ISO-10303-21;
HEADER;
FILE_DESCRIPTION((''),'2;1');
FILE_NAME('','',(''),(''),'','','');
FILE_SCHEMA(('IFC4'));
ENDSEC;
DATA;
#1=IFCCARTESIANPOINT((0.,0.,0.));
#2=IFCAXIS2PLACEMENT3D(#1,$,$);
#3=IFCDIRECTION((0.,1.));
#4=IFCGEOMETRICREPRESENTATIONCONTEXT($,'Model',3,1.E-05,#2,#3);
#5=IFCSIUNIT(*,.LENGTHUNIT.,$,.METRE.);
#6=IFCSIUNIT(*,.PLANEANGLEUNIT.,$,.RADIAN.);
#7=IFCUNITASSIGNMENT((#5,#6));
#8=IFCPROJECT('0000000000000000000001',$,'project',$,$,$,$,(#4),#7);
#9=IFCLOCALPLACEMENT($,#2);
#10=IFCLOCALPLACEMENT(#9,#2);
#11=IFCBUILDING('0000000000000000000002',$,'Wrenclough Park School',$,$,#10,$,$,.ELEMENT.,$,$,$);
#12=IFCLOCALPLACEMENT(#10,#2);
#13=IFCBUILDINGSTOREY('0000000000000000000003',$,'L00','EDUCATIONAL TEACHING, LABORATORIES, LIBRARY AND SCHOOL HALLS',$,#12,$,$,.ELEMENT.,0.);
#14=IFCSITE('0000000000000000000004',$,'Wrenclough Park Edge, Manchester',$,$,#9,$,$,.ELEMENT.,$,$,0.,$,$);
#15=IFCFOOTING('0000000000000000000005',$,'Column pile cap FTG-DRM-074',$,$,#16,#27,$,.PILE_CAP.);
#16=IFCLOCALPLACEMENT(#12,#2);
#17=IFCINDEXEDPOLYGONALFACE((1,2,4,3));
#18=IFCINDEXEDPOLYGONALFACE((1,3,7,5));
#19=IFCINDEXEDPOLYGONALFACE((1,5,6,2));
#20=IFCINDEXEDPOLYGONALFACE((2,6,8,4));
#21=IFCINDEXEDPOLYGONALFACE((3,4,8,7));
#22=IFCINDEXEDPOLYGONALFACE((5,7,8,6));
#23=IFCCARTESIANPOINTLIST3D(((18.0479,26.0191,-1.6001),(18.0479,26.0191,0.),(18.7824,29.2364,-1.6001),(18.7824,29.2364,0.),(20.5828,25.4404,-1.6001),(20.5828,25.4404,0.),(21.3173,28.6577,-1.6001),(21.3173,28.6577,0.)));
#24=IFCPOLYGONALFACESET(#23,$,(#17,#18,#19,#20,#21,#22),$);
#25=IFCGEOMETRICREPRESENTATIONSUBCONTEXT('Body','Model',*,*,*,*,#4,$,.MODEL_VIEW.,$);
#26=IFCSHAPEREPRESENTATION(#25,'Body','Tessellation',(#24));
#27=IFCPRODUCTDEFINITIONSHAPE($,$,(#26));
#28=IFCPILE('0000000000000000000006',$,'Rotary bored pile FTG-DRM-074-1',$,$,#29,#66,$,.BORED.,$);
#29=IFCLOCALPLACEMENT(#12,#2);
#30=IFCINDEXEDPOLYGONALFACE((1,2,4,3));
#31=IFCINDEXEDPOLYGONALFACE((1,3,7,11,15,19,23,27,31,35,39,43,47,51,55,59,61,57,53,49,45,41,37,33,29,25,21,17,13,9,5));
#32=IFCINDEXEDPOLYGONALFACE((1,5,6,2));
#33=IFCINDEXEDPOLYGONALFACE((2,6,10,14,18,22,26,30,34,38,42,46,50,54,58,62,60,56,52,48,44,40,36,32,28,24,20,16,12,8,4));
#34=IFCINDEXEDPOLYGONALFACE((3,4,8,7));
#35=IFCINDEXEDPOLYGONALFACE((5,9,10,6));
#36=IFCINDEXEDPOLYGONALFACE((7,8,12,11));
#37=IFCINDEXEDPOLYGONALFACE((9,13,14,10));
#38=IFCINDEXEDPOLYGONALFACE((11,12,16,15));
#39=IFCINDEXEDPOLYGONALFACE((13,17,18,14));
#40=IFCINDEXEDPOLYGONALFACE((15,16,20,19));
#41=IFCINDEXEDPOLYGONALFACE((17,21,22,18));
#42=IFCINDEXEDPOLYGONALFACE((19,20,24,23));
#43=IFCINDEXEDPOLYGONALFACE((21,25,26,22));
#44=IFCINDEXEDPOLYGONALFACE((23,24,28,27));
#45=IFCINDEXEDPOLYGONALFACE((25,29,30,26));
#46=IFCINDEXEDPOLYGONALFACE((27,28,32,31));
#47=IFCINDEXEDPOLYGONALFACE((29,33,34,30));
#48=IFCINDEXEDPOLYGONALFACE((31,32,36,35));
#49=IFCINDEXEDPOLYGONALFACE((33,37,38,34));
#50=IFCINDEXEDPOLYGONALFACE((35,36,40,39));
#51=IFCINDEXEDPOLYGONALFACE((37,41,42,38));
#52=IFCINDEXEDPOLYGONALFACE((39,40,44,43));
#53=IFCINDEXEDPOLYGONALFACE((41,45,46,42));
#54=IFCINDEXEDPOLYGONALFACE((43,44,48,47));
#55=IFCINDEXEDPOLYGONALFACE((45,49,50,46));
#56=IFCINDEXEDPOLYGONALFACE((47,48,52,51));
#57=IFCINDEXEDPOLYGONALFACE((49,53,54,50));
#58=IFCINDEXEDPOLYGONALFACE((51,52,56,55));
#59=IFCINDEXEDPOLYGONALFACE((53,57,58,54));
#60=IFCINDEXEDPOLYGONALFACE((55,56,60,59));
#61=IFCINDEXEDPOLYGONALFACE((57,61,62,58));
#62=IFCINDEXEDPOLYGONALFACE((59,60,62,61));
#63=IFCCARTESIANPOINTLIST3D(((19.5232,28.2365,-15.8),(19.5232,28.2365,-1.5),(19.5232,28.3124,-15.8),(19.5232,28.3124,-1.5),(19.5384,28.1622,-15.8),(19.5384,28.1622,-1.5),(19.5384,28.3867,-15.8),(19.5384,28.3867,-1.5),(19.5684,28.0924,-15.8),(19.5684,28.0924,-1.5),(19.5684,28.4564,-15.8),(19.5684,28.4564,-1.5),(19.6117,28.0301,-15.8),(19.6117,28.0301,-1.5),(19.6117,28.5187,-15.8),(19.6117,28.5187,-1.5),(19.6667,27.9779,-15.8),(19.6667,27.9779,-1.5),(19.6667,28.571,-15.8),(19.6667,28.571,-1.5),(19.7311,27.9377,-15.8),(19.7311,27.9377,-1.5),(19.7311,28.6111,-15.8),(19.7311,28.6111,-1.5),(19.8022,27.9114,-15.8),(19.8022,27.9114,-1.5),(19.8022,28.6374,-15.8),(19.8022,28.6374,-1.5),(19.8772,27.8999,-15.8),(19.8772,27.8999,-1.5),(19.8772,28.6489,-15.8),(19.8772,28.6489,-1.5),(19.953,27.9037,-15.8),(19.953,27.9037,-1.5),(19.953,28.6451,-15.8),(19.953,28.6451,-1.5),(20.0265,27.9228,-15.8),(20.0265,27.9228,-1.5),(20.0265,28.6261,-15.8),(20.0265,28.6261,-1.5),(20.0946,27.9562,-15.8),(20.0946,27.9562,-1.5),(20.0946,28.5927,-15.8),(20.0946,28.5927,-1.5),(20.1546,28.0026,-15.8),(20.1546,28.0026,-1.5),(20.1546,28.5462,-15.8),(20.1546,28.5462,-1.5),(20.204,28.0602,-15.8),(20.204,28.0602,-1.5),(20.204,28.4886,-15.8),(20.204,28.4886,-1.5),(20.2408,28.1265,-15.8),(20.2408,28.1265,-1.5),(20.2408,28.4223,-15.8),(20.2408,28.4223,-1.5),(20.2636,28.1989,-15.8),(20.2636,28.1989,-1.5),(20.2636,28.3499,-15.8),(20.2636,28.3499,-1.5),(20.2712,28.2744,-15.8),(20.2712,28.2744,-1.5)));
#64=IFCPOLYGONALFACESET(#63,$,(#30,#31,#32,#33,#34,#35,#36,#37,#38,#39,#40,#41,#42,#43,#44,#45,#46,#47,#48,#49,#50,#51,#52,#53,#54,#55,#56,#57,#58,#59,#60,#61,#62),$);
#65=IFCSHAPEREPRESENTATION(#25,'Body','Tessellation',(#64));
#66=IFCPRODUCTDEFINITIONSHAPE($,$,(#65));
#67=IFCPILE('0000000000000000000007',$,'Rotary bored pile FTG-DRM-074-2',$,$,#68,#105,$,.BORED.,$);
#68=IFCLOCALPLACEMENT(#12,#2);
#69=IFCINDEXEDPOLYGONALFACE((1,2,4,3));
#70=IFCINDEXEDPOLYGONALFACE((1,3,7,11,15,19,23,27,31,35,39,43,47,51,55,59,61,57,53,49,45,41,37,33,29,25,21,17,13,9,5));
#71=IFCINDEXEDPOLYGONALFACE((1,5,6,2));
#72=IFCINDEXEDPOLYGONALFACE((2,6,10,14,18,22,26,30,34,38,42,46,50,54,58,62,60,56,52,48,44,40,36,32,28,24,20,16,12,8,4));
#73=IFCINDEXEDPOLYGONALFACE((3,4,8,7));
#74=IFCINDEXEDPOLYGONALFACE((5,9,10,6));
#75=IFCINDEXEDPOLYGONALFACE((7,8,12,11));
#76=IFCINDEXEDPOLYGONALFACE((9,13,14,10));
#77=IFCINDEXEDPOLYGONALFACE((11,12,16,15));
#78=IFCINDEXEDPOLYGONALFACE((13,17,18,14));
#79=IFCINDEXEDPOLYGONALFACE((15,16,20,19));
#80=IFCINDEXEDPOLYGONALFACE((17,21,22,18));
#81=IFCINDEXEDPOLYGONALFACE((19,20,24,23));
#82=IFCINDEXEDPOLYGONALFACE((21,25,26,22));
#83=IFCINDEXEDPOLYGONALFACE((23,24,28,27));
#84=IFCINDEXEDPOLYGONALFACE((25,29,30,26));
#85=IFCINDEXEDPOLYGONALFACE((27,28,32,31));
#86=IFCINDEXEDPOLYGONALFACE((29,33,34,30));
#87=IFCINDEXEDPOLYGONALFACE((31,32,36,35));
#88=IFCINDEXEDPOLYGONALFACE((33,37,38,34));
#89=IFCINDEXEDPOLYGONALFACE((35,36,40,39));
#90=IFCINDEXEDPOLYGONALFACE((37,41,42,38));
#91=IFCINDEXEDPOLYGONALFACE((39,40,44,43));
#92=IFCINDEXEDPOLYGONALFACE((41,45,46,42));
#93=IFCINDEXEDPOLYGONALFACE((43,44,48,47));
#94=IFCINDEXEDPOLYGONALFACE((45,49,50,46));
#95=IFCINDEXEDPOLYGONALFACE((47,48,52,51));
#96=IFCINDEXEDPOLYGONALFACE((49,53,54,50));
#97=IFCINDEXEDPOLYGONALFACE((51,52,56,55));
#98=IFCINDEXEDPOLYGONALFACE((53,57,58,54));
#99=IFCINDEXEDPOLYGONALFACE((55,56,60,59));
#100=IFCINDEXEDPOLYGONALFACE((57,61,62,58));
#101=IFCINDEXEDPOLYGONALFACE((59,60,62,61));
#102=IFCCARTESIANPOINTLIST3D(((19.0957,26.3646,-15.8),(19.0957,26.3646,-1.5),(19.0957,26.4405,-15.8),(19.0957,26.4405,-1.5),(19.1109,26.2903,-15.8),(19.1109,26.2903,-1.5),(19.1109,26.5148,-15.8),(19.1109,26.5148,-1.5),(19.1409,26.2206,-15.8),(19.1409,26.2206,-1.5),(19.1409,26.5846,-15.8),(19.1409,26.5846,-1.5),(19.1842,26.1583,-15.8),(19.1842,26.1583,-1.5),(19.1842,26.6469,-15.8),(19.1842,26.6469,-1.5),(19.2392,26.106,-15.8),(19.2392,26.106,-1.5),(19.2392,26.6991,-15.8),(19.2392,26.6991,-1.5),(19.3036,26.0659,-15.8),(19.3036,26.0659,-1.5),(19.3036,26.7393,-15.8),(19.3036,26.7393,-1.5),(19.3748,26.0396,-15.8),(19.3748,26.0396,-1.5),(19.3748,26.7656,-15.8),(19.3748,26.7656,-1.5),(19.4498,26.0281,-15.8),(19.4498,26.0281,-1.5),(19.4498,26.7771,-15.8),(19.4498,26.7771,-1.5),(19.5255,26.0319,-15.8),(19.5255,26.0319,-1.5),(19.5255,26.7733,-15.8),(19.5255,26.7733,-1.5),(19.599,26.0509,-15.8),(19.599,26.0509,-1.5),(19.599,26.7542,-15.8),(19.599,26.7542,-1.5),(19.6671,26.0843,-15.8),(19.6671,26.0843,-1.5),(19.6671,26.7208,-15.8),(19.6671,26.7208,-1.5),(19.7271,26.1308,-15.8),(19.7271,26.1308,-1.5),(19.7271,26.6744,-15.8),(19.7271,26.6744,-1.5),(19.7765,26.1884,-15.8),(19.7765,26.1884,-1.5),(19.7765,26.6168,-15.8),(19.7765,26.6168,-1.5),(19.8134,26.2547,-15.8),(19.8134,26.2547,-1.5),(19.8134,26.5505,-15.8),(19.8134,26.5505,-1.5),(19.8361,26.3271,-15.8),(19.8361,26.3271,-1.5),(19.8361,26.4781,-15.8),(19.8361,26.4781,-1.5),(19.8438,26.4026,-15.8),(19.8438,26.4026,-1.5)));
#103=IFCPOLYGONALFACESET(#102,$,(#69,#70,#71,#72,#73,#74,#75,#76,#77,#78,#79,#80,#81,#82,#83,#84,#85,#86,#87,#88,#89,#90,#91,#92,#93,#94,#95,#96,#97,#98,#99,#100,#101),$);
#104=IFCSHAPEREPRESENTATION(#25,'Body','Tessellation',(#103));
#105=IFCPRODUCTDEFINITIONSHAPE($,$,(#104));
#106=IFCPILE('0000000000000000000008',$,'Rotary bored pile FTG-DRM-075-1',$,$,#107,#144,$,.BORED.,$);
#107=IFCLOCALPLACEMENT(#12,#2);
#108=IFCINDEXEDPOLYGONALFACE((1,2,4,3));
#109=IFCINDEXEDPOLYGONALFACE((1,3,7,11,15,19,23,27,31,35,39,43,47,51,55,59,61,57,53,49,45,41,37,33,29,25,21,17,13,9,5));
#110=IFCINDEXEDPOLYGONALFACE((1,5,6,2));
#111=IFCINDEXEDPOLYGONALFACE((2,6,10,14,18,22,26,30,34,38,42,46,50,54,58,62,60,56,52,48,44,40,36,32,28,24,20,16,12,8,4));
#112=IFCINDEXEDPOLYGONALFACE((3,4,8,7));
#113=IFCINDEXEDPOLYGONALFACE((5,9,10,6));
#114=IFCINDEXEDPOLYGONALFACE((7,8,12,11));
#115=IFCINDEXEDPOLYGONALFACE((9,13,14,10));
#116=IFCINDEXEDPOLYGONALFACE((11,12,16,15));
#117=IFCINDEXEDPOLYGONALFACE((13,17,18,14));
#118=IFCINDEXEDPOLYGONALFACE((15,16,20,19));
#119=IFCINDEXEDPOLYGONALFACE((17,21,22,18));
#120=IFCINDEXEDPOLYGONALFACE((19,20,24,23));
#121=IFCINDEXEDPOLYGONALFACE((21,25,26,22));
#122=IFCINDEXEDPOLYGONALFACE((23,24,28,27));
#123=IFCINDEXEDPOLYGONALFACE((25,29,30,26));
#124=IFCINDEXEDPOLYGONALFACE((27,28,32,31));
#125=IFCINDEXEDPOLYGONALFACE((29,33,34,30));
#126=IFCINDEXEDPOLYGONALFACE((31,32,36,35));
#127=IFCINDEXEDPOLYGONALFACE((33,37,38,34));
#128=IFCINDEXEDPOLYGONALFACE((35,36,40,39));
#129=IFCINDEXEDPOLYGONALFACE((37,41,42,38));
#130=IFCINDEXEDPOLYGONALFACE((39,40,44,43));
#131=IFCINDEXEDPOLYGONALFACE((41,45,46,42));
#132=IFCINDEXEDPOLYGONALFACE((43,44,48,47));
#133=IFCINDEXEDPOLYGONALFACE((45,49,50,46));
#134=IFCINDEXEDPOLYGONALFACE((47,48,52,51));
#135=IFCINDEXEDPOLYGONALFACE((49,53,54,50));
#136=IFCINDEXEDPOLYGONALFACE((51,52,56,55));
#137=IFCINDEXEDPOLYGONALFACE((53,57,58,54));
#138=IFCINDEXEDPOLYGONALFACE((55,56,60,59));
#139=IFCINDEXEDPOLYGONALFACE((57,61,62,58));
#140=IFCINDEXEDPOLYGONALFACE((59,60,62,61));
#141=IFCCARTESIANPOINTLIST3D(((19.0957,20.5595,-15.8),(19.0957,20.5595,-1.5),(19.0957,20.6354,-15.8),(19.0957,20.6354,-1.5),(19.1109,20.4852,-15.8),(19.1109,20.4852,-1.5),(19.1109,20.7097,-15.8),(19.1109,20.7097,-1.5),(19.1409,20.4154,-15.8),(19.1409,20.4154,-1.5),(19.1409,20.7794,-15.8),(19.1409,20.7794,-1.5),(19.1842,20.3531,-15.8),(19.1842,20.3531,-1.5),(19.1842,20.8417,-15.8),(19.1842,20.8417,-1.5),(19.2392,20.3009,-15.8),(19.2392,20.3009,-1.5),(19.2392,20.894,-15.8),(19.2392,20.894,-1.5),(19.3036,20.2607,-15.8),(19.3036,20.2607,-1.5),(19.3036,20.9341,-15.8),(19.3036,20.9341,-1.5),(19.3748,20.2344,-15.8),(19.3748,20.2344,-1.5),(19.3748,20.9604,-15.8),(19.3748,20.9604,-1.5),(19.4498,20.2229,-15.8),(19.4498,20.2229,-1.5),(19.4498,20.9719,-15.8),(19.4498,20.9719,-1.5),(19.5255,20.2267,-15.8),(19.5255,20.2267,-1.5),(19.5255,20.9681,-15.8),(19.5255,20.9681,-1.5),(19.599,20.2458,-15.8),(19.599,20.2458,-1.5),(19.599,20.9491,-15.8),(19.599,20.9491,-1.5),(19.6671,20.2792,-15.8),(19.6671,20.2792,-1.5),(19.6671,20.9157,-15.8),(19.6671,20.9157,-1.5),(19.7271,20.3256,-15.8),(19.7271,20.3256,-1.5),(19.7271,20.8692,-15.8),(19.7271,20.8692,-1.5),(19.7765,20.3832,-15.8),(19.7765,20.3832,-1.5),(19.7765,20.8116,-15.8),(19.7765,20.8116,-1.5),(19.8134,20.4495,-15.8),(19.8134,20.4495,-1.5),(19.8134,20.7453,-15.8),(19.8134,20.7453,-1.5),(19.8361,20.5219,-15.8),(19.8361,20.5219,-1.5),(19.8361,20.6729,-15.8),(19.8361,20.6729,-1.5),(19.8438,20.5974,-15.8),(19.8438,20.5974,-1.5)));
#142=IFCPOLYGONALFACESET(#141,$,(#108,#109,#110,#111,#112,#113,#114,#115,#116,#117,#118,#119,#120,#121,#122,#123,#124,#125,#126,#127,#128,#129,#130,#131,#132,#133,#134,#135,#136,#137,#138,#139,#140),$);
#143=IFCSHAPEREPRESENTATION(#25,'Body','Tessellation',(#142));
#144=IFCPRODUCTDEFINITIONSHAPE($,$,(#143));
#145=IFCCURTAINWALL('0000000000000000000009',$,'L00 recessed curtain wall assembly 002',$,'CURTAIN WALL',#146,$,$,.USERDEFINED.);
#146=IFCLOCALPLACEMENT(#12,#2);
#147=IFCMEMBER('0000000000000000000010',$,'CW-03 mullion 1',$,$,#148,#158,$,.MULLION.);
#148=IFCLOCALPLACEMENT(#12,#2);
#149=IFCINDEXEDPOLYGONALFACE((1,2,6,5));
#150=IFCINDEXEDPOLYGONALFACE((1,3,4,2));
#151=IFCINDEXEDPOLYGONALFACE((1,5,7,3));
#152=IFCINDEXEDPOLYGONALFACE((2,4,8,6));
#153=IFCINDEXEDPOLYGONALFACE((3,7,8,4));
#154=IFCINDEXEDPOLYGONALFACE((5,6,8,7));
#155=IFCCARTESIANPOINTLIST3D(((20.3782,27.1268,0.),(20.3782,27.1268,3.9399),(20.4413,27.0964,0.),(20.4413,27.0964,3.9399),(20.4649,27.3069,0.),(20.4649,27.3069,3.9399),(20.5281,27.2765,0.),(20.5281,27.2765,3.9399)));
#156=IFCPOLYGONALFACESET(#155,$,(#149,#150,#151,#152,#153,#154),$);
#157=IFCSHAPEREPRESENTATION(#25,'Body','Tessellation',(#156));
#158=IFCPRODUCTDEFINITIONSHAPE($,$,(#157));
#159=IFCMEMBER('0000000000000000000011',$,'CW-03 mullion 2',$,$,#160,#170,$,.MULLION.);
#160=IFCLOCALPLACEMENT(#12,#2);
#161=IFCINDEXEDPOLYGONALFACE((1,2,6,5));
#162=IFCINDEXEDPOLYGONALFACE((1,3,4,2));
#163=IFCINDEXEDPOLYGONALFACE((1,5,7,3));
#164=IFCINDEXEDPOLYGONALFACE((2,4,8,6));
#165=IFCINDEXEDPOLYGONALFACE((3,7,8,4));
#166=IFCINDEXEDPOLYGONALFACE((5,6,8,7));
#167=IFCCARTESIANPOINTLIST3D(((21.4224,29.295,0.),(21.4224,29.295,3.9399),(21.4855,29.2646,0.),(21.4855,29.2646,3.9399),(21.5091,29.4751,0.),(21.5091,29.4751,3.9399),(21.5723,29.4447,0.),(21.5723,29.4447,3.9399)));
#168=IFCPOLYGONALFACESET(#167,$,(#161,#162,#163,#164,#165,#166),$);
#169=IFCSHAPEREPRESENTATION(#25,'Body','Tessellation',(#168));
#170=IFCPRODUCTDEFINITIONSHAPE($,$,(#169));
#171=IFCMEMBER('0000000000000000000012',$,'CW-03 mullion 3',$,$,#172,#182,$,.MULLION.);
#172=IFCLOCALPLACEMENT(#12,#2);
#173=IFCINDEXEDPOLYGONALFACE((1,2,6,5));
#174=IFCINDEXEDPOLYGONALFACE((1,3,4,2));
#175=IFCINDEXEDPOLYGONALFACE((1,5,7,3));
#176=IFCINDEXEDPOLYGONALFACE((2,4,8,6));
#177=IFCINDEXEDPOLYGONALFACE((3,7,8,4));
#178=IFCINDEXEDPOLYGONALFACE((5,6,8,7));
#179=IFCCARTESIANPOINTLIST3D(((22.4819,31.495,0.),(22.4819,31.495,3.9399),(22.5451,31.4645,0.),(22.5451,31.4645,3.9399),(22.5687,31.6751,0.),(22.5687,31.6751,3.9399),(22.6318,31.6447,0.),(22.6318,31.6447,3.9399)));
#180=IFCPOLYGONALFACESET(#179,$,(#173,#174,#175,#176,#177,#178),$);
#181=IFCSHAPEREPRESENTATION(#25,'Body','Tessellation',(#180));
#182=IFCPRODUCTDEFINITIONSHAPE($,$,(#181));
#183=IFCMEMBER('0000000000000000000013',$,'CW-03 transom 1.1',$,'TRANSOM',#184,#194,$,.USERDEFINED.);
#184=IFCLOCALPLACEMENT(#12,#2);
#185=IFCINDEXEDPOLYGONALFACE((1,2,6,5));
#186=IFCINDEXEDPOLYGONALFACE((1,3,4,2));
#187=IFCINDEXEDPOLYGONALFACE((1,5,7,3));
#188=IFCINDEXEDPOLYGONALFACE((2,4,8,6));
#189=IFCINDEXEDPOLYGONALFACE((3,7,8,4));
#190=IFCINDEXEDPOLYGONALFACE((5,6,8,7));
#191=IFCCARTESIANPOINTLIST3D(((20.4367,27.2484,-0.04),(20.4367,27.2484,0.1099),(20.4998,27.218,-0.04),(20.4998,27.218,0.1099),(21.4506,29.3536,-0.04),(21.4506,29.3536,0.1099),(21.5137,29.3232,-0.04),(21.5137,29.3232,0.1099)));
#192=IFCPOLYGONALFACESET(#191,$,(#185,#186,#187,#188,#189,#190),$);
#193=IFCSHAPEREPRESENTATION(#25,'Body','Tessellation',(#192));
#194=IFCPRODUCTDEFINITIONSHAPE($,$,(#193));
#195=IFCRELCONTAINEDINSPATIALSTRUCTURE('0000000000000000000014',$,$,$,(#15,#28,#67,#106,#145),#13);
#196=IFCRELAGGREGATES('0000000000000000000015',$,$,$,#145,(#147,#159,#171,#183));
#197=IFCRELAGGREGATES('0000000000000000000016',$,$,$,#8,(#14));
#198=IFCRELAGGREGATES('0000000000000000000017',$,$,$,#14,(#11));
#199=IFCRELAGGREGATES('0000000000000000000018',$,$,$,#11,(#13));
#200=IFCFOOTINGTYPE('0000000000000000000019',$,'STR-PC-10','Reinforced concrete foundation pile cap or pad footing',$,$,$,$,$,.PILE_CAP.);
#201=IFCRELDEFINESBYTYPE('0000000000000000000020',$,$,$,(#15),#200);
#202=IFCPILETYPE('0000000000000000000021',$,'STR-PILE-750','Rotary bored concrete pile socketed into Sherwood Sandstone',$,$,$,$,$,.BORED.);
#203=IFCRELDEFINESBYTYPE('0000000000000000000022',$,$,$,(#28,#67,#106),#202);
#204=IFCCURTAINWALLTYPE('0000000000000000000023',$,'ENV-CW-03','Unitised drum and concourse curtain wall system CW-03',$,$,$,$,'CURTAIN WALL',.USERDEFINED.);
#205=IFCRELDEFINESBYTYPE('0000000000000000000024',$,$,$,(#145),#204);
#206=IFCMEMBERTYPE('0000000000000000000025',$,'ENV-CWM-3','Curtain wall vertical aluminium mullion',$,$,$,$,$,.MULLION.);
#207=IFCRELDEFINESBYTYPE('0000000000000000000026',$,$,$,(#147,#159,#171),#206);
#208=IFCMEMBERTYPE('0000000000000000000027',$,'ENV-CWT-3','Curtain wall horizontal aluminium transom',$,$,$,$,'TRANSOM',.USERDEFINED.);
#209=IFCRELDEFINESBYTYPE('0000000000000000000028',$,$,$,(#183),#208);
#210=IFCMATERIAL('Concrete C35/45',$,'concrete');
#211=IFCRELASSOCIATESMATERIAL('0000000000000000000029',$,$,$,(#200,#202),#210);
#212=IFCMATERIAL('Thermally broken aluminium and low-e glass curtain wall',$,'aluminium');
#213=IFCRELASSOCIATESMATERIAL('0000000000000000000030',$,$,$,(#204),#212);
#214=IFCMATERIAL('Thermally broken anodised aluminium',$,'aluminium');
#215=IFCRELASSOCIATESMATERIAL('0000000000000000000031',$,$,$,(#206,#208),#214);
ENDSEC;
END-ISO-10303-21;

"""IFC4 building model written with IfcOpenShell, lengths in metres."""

from ifc_helpers import new_model, si_unit, direction, frame, origin, origin_2d, place, context, subcontext, project, spatial, rectangle, circle, extrude, material, material_profile, profile_set, type_object, element, aggregate, save


model = new_model("IFC4")

# Units and contexts
model_context = context("Model", 3, precision=1e-05, world=origin(), true_north=direction((0.0, 1.0)))
body_context = subcontext(model_context, "Body", "Model", "MODEL_VIEW")
ifc_project = project(units=[si_unit("LENGTHUNIT", "METRE"), si_unit("PLANEANGLEUNIT", "RADIAN")], contexts=[model_context])

# Site, building, storey
site_placement = place(None, origin())
site = spatial("IfcSite", under=ifc_project, at=site_placement, Name="Wrenclough Park Edge, Manchester", CompositionType="ELEMENT", RefElevation=0.0)
building_placement = place(site_placement, origin())
building = spatial("IfcBuilding", under=site, at=building_placement, Name="Wrenclough Park School", CompositionType="ELEMENT")
storey_placement = place(building_placement, origin())
storey = spatial("IfcBuildingStorey", under=building, at=storey_placement, Name="L00", Description="EDUCATIONAL TEACHING, LABORATORIES, LIBRARY AND SCHOOL HALLS", CompositionType="ELEMENT", Elevation=0.0)

# Footing
ifc_material_1 = material(Name="Concrete C35/45", Category="concrete")
footing_type = type_object("IfcFootingType", Name="STR-PC-10", Description="Reinforced concrete foundation pile cap or pad footing", PredefinedType="PILE_CAP", material=ifc_material_1)
footing_placement = place(storey_placement, frame((19.6826, 27.3384, -1.6001), z_axis=(0.0, 0.0, 1.0), x_axis=(-0.22257, -0.974917, 0.0)))
element("IfcFooting", 1, at=footing_placement, inside=storey, type_object=footing_type, Name="Column pile cap FTG-DRM-074", PredefinedType="PILE_CAP", context=body_context, shape_type="SweptSolid", body=[
    extrude(rectangle(XDim=3.3, YDim=2.6001, at=origin_2d()), origin(), (0.0, 0.0, 1.0), 1.6001),
])

# Piles
ifc_material_profile_1 = material_profile(ifc_material_1, circle(Radius=0.375, at=origin_2d()), Name="BORED PILE D750")
ifc_profile_set_1 = profile_set([ifc_material_profile_1], Name="Concrete C35/45")
pile_type = type_object("IfcPileType", Name="STR-PILE-750", Description="Rotary bored concrete pile socketed into Sherwood Sandstone", PredefinedType="BORED", material=ifc_profile_set_1)
for number, where, z_axis, x_axis, name in (
    (2, (19.8962, 28.2744, -1.5), (0.0, 0.0, -1.0), (1.0, 0.0, 0.0), "Rotary bored pile FTG-DRM-074-1"),
    (3, (19.4688, 26.4026, -1.5), (0.0, 0.0, -1.0), (1.0, 0.0, 0.0), "Rotary bored pile FTG-DRM-074-2"),
    (4, (19.4688, 20.5974, -1.5), (0.0, 0.0, -1.0), (1.0, 0.0, 0.0), "Rotary bored pile FTG-DRM-075-1"),
):
    element("IfcPile", number, at=place(storey_placement, frame(where, z_axis=z_axis, x_axis=x_axis)), inside=storey, type_object=pile_type, Name=name, PredefinedType="BORED", context=body_context, shape_type="SweptSolid", body=[
        extrude(circle(Radius=0.375, at=origin_2d()), origin(), (0.0, 0.0, 1.0), 14.3),
    ])

# Curtain wall, members
ifc_material_2 = material(Name="Thermally broken aluminium and low-e glass curtain wall", Category="aluminium")
curtain_wall_type = type_object("IfcCurtainWallType", Name="ENV-CW-03", Description="Unitised drum and concourse curtain wall system CW-03", ElementType="CURTAIN WALL", PredefinedType="USERDEFINED", material=ifc_material_2)
curtain_wall_placement = place(storey_placement, origin())
curtain_wall = element("IfcCurtainWall", 5, at=curtain_wall_placement, inside=storey, type_object=curtain_wall_type, Name="L00 recessed curtain wall assembly 002", ObjectType="CURTAIN WALL", PredefinedType="USERDEFINED")
ifc_material_3 = material(Name="Thermally broken anodised aluminium", Category="aluminium")
ifc_material_profile_2 = material_profile(ifc_material_3, rectangle(XDim=0.0701, YDim=0.2, at=origin_2d()), Name="AL MULLION 70x200")
ifc_profile_set_2 = profile_set([ifc_material_profile_2], Name="Thermally broken anodised aluminium")
member_type_1 = type_object("IfcMemberType", Name="ENV-CWM-3", Description="Curtain wall vertical aluminium mullion", PredefinedType="MULLION", material=ifc_profile_set_2)
member_1_placement = place(storey_placement, frame((20.4531, 27.2017, 0.0), z_axis=(0.0, 0.0, 1.0), x_axis=(-0.900964, 0.433895, 0.0)))
member_1 = element("IfcMember", 6, at=member_1_placement, type_object=member_type_1, Name="CW-03 mullion 1", PredefinedType="MULLION", context=body_context, shape_type="SweptSolid", body=[
    extrude(rectangle(XDim=0.0701, YDim=0.2, at=origin_2d()), origin(), (0.0, 0.0, 1.0), 3.9399),
])
member_2_placement = place(storey_placement, frame((21.4973, 29.3699, 0.0), z_axis=(0.0, 0.0, 1.0), x_axis=(-0.900964, 0.433895, 0.0)))
member_2 = element("IfcMember", 7, at=member_2_placement, type_object=member_type_1, Name="CW-03 mullion 2", PredefinedType="MULLION", context=body_context, shape_type="SweptSolid", body=[
    extrude(rectangle(XDim=0.0701, YDim=0.2, at=origin_2d()), origin(), (0.0, 0.0, 1.0), 3.9399),
])
member_3_placement = place(storey_placement, frame((22.5569, 31.5698, 0.0), z_axis=(0.0, 0.0, 1.0), x_axis=(-0.900964, 0.433895, 0.0)))
member_3 = element("IfcMember", 8, at=member_3_placement, type_object=member_type_1, Name="CW-03 mullion 3", PredefinedType="MULLION", context=body_context, shape_type="SweptSolid", body=[
    extrude(rectangle(XDim=0.0701, YDim=0.2, at=origin_2d()), origin(), (0.0, 0.0, 1.0), 3.9399),
])
ifc_material_profile_3 = material_profile(ifc_material_3, rectangle(XDim=0.0701, YDim=0.1499, at=origin_2d()), Name="AL TRANSOM 70x150")
ifc_profile_set_3 = profile_set([ifc_material_profile_3], Name="Thermally broken anodised aluminium")
member_type_2 = type_object("IfcMemberType", Name="ENV-CWT-3", Description="Curtain wall horizontal aluminium transom", ElementType="TRANSOM", PredefinedType="USERDEFINED", material=ifc_profile_set_3)
member_4_placement = place(storey_placement, frame((20.4683, 27.2332, 0.0349), z_axis=(0.433916, 0.900953, 0.0), x_axis=(-0.900953, 0.433916, 0.0)))
member_4 = element("IfcMember", 9, at=member_4_placement, type_object=member_type_2, Name="CW-03 transom 1.1", ObjectType="TRANSOM", PredefinedType="USERDEFINED", context=body_context, shape_type="SweptSolid", body=[
    extrude(rectangle(XDim=0.0701, YDim=0.1499, at=origin_2d()), origin(), (0.0, 0.0, 1.0), 2.3367),
])

aggregate(curtain_wall, [member_1, member_2, member_3, member_4])

save(model, "model.ifc")
